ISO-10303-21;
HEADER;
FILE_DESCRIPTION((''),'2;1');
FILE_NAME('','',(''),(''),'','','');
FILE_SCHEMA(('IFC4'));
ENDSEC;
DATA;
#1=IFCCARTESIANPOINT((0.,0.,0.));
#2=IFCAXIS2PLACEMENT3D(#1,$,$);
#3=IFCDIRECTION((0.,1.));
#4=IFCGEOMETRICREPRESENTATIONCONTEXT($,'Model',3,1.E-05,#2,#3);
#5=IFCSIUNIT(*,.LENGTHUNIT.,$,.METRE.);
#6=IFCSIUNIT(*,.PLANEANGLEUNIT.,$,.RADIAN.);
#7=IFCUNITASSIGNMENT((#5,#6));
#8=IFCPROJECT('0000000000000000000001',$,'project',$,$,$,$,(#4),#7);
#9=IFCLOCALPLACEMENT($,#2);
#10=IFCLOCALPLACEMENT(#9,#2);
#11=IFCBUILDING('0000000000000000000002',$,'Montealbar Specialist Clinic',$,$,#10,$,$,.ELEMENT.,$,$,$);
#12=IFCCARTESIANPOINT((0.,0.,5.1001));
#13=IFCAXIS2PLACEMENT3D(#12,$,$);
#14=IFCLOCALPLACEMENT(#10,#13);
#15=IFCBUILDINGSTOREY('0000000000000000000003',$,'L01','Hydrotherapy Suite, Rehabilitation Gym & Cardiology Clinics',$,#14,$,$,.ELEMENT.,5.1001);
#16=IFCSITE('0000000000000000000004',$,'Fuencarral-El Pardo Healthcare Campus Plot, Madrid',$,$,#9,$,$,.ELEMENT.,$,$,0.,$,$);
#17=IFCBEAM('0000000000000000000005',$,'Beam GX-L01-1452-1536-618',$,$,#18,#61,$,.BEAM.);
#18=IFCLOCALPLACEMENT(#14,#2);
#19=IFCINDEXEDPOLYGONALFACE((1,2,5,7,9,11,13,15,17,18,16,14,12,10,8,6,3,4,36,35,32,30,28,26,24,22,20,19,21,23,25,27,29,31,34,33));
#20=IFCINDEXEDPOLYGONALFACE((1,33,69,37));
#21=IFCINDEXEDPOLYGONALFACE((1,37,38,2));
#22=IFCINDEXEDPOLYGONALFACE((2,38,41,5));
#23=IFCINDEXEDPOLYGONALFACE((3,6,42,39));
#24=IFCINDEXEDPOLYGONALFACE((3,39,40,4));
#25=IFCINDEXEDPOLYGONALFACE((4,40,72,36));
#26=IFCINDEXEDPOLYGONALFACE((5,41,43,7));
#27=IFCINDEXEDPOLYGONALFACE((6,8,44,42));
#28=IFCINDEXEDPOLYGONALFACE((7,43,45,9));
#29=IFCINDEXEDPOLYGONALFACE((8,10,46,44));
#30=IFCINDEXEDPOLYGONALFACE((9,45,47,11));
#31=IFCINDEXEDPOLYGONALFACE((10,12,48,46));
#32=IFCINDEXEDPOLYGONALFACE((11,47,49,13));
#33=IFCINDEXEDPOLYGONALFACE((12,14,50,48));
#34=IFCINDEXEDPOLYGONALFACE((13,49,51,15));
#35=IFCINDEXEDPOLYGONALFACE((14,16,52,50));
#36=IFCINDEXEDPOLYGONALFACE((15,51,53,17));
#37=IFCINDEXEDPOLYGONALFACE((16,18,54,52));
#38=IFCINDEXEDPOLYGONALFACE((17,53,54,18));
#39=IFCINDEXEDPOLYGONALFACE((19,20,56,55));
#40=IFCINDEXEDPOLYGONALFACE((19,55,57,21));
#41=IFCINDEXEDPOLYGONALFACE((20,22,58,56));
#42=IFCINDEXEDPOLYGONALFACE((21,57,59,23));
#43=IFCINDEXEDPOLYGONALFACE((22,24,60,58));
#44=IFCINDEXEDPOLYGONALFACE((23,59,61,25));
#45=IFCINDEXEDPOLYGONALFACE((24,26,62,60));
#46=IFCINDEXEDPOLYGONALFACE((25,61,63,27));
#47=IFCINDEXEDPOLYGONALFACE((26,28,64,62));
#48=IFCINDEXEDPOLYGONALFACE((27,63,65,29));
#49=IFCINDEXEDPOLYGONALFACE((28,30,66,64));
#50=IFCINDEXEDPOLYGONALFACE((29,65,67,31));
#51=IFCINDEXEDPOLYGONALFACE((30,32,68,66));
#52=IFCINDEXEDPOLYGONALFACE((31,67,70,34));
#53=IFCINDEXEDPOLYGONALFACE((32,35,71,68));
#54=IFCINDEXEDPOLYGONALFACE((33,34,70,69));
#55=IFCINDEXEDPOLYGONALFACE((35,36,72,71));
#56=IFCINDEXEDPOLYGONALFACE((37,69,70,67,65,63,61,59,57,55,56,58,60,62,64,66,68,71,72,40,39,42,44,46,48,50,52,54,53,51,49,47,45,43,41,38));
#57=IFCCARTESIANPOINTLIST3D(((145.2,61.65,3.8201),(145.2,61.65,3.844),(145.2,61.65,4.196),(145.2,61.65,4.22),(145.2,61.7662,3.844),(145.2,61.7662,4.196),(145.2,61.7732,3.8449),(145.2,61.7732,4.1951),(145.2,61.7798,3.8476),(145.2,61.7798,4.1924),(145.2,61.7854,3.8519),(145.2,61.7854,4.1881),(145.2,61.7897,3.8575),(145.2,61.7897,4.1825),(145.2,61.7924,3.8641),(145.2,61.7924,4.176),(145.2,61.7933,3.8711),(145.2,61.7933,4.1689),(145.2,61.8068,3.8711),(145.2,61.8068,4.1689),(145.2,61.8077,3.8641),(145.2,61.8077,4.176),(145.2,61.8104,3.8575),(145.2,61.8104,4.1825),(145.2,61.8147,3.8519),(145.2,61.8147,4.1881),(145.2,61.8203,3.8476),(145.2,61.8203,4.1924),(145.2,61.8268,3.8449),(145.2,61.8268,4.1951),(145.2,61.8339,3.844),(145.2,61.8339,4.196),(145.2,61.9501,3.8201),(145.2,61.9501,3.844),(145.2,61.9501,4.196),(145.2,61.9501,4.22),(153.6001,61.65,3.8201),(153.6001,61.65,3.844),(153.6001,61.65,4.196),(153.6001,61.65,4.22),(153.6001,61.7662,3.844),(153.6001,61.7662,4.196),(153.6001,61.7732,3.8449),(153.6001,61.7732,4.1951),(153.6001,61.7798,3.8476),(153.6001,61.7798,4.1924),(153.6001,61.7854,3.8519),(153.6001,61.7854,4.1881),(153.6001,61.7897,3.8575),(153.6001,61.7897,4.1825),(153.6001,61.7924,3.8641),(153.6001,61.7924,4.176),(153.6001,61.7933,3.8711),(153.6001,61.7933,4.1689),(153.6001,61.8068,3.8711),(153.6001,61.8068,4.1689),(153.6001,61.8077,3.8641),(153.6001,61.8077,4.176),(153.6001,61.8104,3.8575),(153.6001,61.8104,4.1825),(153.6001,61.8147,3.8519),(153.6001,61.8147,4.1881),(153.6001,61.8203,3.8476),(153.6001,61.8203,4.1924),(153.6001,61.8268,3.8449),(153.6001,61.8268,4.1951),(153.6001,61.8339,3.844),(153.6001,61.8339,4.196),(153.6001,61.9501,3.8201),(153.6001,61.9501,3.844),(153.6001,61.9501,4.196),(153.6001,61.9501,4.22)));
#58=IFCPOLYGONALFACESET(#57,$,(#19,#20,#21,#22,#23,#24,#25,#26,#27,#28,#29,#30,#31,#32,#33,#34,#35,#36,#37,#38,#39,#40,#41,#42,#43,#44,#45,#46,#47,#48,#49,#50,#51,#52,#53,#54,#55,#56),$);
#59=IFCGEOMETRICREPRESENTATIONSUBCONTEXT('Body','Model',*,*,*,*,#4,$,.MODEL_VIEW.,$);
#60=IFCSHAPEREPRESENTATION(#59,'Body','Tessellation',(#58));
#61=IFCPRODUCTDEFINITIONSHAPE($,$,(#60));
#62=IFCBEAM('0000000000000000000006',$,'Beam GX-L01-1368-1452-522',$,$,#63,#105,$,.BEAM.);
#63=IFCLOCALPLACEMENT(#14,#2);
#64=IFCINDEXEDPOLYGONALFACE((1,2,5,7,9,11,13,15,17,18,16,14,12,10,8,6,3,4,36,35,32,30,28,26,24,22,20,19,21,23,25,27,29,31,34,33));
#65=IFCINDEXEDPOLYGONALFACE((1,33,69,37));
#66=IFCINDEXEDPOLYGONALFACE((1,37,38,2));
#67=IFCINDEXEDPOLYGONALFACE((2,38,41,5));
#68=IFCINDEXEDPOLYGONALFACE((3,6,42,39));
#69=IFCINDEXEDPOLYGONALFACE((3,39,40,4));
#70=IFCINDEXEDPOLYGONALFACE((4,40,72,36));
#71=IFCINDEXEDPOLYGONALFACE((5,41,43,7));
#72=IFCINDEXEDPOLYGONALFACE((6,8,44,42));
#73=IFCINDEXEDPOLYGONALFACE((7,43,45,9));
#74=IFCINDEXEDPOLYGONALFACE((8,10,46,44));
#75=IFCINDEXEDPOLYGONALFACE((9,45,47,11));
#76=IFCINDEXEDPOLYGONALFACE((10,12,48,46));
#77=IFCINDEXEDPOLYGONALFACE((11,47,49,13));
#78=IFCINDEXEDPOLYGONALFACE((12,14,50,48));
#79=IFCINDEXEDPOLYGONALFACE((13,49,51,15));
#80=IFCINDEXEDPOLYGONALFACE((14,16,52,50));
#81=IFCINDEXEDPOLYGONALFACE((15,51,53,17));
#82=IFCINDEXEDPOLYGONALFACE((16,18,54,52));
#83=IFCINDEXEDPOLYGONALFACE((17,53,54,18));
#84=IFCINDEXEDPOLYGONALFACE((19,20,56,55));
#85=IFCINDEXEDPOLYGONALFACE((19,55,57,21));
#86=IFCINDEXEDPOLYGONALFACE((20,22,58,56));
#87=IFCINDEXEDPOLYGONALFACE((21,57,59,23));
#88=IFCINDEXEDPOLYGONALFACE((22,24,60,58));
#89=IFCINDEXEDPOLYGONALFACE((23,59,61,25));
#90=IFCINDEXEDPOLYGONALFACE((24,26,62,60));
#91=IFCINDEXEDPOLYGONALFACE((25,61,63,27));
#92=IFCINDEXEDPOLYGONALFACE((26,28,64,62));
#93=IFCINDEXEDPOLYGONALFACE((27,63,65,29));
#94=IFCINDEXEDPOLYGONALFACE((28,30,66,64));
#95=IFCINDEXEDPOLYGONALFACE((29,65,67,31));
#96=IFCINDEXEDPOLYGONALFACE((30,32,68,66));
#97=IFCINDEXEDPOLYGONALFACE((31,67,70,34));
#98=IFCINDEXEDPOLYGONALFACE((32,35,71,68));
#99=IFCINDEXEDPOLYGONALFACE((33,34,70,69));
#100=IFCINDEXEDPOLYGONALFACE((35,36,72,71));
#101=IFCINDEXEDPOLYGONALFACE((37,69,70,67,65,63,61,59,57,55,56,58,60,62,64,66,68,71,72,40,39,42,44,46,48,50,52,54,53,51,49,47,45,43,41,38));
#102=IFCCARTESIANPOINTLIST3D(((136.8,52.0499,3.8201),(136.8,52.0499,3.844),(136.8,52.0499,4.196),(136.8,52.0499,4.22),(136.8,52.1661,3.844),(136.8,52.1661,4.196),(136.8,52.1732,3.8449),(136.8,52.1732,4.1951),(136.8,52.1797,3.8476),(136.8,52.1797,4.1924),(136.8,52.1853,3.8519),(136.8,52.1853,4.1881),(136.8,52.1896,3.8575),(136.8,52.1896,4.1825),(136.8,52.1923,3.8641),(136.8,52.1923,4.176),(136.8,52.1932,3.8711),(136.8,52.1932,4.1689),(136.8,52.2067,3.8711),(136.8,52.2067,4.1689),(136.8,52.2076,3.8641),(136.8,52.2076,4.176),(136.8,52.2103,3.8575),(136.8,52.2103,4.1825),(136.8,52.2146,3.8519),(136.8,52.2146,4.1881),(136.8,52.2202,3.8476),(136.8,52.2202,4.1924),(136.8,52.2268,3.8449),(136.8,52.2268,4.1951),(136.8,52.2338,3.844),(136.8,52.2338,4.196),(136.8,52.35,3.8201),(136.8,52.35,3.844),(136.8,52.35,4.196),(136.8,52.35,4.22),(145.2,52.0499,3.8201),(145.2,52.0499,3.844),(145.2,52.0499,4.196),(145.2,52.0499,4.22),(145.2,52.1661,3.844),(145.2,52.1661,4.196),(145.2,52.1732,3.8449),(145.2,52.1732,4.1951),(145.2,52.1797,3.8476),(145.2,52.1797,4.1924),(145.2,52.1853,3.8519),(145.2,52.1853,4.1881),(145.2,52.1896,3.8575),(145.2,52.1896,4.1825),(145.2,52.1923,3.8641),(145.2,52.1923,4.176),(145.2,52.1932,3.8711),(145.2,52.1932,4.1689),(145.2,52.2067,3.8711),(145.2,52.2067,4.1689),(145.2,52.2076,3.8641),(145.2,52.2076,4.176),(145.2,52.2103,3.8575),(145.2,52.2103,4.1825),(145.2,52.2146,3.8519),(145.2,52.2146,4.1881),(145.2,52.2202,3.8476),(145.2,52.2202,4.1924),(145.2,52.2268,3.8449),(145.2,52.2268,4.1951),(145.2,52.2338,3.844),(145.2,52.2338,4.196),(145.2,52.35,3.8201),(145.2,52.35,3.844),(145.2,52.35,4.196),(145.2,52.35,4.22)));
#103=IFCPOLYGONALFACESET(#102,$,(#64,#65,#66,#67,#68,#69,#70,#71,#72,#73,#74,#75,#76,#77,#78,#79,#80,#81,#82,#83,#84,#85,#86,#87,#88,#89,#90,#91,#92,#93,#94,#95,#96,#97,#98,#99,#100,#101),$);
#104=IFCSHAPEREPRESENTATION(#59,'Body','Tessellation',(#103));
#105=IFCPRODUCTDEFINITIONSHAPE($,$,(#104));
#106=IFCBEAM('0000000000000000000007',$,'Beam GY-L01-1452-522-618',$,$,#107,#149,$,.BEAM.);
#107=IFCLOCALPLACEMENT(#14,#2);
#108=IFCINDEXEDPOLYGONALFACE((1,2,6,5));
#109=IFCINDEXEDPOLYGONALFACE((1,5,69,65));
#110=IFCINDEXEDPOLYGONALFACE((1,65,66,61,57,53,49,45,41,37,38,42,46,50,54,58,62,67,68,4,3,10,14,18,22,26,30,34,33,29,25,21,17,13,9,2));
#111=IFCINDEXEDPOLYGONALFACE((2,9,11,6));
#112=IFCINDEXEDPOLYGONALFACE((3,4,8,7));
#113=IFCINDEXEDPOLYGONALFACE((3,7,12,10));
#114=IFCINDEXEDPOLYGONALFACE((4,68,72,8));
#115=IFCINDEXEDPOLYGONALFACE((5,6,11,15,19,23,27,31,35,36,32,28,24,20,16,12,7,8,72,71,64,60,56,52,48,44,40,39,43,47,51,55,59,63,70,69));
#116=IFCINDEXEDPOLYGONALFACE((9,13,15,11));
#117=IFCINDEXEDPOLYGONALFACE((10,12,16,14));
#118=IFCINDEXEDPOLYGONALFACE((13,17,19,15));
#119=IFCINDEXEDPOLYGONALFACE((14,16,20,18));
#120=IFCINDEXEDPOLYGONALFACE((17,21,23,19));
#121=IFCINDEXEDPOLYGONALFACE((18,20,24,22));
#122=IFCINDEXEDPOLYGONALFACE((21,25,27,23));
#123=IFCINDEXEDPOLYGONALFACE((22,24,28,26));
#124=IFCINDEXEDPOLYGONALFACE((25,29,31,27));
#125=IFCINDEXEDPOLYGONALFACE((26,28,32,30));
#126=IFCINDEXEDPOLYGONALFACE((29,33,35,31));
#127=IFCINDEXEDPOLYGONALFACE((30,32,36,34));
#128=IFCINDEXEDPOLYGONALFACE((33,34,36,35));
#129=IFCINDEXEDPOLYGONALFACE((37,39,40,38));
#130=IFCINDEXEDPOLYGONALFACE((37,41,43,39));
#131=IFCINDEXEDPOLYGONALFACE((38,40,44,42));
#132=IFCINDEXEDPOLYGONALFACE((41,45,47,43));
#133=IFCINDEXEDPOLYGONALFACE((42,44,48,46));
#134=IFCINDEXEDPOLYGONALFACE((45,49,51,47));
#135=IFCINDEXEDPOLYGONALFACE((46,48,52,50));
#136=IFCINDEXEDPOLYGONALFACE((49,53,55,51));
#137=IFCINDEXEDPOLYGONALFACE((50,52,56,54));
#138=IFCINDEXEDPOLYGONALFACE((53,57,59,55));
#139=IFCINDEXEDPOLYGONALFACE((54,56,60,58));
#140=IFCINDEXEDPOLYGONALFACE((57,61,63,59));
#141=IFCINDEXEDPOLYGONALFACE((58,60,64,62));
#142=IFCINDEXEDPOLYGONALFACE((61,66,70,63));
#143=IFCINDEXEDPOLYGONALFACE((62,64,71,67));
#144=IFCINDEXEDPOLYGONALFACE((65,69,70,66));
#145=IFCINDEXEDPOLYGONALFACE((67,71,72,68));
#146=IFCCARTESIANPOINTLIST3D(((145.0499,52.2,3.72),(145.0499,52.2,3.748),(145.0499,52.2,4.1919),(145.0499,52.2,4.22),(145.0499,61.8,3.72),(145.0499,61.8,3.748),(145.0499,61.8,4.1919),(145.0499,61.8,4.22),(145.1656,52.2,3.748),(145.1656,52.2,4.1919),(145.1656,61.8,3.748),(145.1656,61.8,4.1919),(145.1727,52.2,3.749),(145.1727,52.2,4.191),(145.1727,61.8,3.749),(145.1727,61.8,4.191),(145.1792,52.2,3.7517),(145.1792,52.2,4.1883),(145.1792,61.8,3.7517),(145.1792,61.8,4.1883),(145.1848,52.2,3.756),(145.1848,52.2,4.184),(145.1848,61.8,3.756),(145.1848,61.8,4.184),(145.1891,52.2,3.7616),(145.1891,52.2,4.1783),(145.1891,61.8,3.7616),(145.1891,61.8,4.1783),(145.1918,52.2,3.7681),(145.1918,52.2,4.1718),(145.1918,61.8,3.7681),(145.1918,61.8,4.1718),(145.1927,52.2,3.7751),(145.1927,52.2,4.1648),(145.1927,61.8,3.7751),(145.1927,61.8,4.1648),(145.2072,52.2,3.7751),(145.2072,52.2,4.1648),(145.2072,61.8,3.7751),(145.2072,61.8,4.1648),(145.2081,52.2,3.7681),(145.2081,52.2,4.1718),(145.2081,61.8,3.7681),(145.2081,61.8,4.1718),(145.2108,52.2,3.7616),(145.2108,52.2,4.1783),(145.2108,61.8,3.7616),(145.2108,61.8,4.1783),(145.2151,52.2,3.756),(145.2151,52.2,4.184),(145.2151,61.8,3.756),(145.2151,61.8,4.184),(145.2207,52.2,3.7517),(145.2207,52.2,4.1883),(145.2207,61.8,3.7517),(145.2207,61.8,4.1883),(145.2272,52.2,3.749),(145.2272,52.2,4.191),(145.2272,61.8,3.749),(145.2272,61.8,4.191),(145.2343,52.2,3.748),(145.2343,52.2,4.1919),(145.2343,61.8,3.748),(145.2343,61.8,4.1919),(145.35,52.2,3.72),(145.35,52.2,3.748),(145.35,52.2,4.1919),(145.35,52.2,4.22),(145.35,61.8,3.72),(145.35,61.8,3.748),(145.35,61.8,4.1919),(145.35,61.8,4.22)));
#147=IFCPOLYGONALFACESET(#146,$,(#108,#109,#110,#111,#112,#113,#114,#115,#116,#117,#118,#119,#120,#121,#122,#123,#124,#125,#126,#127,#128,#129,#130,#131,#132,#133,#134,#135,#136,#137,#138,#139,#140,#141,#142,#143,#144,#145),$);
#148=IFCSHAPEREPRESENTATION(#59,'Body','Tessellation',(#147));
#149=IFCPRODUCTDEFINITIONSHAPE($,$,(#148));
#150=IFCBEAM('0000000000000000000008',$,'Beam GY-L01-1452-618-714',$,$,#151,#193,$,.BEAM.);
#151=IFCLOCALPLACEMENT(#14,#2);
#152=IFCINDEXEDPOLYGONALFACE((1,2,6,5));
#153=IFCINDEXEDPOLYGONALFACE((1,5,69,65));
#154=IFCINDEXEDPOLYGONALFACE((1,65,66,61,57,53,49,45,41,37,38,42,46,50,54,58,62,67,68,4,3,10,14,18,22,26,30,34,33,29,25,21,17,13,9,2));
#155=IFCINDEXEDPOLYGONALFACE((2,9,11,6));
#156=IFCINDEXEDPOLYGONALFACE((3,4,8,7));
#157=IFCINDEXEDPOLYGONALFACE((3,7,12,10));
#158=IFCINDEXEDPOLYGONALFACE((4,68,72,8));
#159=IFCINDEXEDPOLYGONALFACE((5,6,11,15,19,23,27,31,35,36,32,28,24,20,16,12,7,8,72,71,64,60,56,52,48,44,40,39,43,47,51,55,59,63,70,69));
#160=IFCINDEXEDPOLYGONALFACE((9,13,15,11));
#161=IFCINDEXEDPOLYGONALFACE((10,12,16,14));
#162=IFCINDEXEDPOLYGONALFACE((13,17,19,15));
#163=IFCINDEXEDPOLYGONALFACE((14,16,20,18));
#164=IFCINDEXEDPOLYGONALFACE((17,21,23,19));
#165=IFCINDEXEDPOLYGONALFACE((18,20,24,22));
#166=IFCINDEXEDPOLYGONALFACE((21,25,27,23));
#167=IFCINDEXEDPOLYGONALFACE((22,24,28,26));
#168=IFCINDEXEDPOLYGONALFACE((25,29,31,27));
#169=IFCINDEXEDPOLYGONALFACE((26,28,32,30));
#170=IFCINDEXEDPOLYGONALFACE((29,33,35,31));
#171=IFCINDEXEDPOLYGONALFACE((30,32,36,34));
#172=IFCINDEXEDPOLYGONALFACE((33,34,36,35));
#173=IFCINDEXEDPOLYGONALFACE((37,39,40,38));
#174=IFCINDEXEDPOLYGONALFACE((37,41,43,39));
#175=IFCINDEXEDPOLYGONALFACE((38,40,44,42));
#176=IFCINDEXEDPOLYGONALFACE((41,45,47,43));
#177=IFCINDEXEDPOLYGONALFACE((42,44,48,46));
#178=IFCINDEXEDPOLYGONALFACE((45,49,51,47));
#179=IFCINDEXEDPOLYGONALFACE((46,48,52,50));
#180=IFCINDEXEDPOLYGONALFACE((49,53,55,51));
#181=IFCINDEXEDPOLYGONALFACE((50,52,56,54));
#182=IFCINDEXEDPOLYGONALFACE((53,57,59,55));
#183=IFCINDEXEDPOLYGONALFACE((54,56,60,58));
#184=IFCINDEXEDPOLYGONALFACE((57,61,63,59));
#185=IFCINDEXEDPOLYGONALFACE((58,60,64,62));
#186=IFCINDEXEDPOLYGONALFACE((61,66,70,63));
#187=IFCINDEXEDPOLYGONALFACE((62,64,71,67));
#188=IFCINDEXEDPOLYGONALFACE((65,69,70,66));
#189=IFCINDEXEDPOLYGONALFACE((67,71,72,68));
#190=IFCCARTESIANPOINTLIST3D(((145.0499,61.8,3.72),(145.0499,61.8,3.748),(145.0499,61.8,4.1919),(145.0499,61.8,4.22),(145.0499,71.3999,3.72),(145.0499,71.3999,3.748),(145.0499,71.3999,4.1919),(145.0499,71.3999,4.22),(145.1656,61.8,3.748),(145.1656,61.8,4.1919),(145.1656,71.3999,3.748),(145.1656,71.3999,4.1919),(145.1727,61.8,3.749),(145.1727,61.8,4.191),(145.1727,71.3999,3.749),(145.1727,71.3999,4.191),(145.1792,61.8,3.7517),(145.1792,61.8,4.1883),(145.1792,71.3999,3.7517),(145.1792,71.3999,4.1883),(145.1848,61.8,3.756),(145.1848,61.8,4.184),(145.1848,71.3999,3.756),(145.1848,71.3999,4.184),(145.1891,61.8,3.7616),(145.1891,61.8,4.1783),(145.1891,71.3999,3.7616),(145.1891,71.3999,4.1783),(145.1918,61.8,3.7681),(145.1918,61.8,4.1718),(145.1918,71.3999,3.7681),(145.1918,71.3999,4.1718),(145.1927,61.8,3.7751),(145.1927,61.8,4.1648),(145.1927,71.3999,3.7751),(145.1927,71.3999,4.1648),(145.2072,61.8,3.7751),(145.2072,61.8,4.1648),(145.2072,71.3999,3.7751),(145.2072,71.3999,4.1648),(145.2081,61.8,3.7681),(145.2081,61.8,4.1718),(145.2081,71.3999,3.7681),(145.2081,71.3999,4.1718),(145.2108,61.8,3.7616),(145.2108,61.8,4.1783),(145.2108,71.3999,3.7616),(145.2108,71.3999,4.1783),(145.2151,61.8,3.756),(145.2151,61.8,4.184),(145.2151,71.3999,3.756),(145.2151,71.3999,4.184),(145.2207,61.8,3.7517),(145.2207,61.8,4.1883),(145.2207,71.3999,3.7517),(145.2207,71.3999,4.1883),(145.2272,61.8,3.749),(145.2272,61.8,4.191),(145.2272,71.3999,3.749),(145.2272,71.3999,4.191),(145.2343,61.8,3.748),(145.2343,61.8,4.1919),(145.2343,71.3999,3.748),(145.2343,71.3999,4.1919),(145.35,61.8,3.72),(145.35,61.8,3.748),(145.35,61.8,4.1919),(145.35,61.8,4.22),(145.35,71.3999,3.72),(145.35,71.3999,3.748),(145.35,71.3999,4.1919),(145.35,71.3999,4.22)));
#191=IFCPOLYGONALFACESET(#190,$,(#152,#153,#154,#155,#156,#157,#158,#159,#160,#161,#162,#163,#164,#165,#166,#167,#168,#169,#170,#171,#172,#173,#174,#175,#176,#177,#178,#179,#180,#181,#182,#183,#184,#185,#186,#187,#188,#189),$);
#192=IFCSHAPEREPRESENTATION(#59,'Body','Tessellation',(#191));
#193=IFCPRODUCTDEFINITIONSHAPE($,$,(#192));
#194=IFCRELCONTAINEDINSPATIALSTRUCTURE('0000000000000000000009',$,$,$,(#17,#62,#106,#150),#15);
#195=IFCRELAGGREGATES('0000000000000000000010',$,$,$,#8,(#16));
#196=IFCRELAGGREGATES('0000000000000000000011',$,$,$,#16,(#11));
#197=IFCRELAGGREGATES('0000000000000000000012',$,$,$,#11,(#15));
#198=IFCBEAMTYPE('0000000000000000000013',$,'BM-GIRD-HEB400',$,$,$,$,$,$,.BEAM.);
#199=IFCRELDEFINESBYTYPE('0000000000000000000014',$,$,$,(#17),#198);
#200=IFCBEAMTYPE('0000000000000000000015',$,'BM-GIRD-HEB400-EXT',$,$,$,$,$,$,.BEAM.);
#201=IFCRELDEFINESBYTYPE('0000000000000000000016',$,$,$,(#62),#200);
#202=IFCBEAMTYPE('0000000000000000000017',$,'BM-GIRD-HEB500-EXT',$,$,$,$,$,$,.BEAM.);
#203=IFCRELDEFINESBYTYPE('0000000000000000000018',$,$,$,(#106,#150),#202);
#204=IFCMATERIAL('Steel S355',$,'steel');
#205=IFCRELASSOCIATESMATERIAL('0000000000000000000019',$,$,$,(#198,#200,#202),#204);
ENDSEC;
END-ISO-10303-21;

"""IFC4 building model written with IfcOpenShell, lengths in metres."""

from ifc_helpers import new_model, si_unit, direction, frame, origin, origin_2d, place, context, subcontext, project, spatial, i_section, extrude, material, material_profile, profile_set, type_object, element, save


model = new_model("IFC4")

# Units and contexts
model_context = context("Model", 3, precision=1e-05, world=origin(), true_north=direction((0.0, 1.0)))
body_context = subcontext(model_context, "Body", "Model", "MODEL_VIEW")
ifc_project = project(units=[si_unit("LENGTHUNIT", "METRE"), si_unit("PLANEANGLEUNIT", "RADIAN")], contexts=[model_context])

# Site, building, storey
site_placement = place(None, origin())
site = spatial("IfcSite", under=ifc_project, at=site_placement, Name="Fuencarral-El Pardo Healthcare Campus Plot, Madrid", CompositionType="ELEMENT", RefElevation=0.0)
building_placement = place(site_placement, origin())
building = spatial("IfcBuilding", under=site, at=building_placement, Name="Montealbar Specialist Clinic", CompositionType="ELEMENT")
storey_placement = place(building_placement, frame((0.0, 0.0, 5.1001)))
storey = spatial("IfcBuildingStorey", under=building, at=storey_placement, Name="L01", Description="Hydrotherapy Suite, Rehabilitation Gym & Cardiology Clinics", CompositionType="ELEMENT", Elevation=5.1001)

# Shared definitions
ifc_material_1 = material(Name="Steel S355", Category="steel")

# Beams
ifc_material_profile_1 = material_profile(ifc_material_1, i_section(OverallWidth=0.3, OverallDepth=0.3999, WebThickness=0.0134, FlangeThickness=0.0239, FilletRadius=0.0271, at=origin_2d()), Name="HEB 400", Category="steel")
ifc_profile_set_1 = profile_set([ifc_material_profile_1], Name="Steel S355")
beam_type_1 = type_object("IfcBeamType", Name="BM-GIRD-HEB400", PredefinedType="BEAM", material=ifc_profile_set_1)
for number, where, z_axis, x_axis, name in (
    (1, (145.2, 61.8, 4.02), (1.0, 0.0, 0.0), (0.0, 1.0, 0.0), "Beam GX-L01-1452-1536-618"),
):
    element("IfcBeam", number, at=place(storey_placement, frame(where, z_axis=z_axis, x_axis=x_axis)), inside=storey, type_object=beam_type_1, Name=name, PredefinedType="BEAM", context=body_context, shape_type="SweptSolid", body=[
        extrude(i_section(OverallWidth=0.3, OverallDepth=0.3999, WebThickness=0.0134, FlangeThickness=0.0239, FilletRadius=0.0271, at=origin_2d()), origin(), (0.0, 0.0, 1.0), 8.4001),
    ])
ifc_material_profile_2 = material_profile(ifc_material_1, i_section(OverallWidth=0.3, OverallDepth=0.3999, WebThickness=0.0134, FlangeThickness=0.0239, FilletRadius=0.0271, at=origin_2d()), Name="HEB 400", Category="steel")
ifc_profile_set_2 = profile_set([ifc_material_profile_2], Name="Steel S355")
beam_type_2 = type_object("IfcBeamType", Name="BM-GIRD-HEB400-EXT", PredefinedType="BEAM", material=ifc_profile_set_2)
beam_1_placement = place(storey_placement, frame((136.8, 52.2, 4.02), z_axis=(1.0, 0.0, 0.0), x_axis=(0.0, 1.0, 0.0)))
element("IfcBeam", 2, at=beam_1_placement, inside=storey, type_object=beam_type_2, Name="Beam GX-L01-1368-1452-522", PredefinedType="BEAM", context=body_context, shape_type="SweptSolid", body=[
    extrude(i_section(OverallWidth=0.3, OverallDepth=0.3999, WebThickness=0.0134, FlangeThickness=0.0239, FilletRadius=0.0271, at=origin_2d()), origin(), (0.0, 0.0, 1.0), 8.3999),
])
ifc_material_profile_3 = material_profile(ifc_material_1, i_section(OverallWidth=0.3, OverallDepth=0.5, WebThickness=0.0144, FlangeThickness=0.0281, FilletRadius=0.0271, at=origin_2d()), Name="HEB 500", Category="steel")
ifc_profile_set_3 = profile_set([ifc_material_profile_3], Name="Steel S355")
beam_type_3 = type_object("IfcBeamType", Name="BM-GIRD-HEB500-EXT", PredefinedType="BEAM", material=ifc_profile_set_3)
beam_2_placement = place(storey_placement, frame((145.2, 52.2, 3.97), z_axis=(0.0, 1.0, 0.0), x_axis=(-1.0, 0.0, 0.0)))
element("IfcBeam", 3, at=beam_2_placement, inside=storey, type_object=beam_type_3, Name="Beam GY-L01-1452-522-618", PredefinedType="BEAM", context=body_context, shape_type="SweptSolid", body=[
    extrude(i_section(OverallWidth=0.3, OverallDepth=0.5, WebThickness=0.0144, FlangeThickness=0.0281, FilletRadius=0.0271, at=origin_2d()), origin(), (0.0, 0.0, 1.0), 9.6001),
])
beam_3_placement = place(storey_placement, frame((145.2, 61.8, 3.97), z_axis=(0.0, 1.0, 0.0), x_axis=(-1.0, 0.0, 0.0)))
element("IfcBeam", 4, at=beam_3_placement, inside=storey, type_object=beam_type_3, Name="Beam GY-L01-1452-618-714", PredefinedType="BEAM", context=body_context, shape_type="SweptSolid", body=[
    extrude(i_section(OverallWidth=0.3, OverallDepth=0.5, WebThickness=0.0144, FlangeThickness=0.0281, FilletRadius=0.0271, at=origin_2d()), origin(), (0.0, 0.0, 1.0), 9.5999),
])

save(model, "model.ifc")
